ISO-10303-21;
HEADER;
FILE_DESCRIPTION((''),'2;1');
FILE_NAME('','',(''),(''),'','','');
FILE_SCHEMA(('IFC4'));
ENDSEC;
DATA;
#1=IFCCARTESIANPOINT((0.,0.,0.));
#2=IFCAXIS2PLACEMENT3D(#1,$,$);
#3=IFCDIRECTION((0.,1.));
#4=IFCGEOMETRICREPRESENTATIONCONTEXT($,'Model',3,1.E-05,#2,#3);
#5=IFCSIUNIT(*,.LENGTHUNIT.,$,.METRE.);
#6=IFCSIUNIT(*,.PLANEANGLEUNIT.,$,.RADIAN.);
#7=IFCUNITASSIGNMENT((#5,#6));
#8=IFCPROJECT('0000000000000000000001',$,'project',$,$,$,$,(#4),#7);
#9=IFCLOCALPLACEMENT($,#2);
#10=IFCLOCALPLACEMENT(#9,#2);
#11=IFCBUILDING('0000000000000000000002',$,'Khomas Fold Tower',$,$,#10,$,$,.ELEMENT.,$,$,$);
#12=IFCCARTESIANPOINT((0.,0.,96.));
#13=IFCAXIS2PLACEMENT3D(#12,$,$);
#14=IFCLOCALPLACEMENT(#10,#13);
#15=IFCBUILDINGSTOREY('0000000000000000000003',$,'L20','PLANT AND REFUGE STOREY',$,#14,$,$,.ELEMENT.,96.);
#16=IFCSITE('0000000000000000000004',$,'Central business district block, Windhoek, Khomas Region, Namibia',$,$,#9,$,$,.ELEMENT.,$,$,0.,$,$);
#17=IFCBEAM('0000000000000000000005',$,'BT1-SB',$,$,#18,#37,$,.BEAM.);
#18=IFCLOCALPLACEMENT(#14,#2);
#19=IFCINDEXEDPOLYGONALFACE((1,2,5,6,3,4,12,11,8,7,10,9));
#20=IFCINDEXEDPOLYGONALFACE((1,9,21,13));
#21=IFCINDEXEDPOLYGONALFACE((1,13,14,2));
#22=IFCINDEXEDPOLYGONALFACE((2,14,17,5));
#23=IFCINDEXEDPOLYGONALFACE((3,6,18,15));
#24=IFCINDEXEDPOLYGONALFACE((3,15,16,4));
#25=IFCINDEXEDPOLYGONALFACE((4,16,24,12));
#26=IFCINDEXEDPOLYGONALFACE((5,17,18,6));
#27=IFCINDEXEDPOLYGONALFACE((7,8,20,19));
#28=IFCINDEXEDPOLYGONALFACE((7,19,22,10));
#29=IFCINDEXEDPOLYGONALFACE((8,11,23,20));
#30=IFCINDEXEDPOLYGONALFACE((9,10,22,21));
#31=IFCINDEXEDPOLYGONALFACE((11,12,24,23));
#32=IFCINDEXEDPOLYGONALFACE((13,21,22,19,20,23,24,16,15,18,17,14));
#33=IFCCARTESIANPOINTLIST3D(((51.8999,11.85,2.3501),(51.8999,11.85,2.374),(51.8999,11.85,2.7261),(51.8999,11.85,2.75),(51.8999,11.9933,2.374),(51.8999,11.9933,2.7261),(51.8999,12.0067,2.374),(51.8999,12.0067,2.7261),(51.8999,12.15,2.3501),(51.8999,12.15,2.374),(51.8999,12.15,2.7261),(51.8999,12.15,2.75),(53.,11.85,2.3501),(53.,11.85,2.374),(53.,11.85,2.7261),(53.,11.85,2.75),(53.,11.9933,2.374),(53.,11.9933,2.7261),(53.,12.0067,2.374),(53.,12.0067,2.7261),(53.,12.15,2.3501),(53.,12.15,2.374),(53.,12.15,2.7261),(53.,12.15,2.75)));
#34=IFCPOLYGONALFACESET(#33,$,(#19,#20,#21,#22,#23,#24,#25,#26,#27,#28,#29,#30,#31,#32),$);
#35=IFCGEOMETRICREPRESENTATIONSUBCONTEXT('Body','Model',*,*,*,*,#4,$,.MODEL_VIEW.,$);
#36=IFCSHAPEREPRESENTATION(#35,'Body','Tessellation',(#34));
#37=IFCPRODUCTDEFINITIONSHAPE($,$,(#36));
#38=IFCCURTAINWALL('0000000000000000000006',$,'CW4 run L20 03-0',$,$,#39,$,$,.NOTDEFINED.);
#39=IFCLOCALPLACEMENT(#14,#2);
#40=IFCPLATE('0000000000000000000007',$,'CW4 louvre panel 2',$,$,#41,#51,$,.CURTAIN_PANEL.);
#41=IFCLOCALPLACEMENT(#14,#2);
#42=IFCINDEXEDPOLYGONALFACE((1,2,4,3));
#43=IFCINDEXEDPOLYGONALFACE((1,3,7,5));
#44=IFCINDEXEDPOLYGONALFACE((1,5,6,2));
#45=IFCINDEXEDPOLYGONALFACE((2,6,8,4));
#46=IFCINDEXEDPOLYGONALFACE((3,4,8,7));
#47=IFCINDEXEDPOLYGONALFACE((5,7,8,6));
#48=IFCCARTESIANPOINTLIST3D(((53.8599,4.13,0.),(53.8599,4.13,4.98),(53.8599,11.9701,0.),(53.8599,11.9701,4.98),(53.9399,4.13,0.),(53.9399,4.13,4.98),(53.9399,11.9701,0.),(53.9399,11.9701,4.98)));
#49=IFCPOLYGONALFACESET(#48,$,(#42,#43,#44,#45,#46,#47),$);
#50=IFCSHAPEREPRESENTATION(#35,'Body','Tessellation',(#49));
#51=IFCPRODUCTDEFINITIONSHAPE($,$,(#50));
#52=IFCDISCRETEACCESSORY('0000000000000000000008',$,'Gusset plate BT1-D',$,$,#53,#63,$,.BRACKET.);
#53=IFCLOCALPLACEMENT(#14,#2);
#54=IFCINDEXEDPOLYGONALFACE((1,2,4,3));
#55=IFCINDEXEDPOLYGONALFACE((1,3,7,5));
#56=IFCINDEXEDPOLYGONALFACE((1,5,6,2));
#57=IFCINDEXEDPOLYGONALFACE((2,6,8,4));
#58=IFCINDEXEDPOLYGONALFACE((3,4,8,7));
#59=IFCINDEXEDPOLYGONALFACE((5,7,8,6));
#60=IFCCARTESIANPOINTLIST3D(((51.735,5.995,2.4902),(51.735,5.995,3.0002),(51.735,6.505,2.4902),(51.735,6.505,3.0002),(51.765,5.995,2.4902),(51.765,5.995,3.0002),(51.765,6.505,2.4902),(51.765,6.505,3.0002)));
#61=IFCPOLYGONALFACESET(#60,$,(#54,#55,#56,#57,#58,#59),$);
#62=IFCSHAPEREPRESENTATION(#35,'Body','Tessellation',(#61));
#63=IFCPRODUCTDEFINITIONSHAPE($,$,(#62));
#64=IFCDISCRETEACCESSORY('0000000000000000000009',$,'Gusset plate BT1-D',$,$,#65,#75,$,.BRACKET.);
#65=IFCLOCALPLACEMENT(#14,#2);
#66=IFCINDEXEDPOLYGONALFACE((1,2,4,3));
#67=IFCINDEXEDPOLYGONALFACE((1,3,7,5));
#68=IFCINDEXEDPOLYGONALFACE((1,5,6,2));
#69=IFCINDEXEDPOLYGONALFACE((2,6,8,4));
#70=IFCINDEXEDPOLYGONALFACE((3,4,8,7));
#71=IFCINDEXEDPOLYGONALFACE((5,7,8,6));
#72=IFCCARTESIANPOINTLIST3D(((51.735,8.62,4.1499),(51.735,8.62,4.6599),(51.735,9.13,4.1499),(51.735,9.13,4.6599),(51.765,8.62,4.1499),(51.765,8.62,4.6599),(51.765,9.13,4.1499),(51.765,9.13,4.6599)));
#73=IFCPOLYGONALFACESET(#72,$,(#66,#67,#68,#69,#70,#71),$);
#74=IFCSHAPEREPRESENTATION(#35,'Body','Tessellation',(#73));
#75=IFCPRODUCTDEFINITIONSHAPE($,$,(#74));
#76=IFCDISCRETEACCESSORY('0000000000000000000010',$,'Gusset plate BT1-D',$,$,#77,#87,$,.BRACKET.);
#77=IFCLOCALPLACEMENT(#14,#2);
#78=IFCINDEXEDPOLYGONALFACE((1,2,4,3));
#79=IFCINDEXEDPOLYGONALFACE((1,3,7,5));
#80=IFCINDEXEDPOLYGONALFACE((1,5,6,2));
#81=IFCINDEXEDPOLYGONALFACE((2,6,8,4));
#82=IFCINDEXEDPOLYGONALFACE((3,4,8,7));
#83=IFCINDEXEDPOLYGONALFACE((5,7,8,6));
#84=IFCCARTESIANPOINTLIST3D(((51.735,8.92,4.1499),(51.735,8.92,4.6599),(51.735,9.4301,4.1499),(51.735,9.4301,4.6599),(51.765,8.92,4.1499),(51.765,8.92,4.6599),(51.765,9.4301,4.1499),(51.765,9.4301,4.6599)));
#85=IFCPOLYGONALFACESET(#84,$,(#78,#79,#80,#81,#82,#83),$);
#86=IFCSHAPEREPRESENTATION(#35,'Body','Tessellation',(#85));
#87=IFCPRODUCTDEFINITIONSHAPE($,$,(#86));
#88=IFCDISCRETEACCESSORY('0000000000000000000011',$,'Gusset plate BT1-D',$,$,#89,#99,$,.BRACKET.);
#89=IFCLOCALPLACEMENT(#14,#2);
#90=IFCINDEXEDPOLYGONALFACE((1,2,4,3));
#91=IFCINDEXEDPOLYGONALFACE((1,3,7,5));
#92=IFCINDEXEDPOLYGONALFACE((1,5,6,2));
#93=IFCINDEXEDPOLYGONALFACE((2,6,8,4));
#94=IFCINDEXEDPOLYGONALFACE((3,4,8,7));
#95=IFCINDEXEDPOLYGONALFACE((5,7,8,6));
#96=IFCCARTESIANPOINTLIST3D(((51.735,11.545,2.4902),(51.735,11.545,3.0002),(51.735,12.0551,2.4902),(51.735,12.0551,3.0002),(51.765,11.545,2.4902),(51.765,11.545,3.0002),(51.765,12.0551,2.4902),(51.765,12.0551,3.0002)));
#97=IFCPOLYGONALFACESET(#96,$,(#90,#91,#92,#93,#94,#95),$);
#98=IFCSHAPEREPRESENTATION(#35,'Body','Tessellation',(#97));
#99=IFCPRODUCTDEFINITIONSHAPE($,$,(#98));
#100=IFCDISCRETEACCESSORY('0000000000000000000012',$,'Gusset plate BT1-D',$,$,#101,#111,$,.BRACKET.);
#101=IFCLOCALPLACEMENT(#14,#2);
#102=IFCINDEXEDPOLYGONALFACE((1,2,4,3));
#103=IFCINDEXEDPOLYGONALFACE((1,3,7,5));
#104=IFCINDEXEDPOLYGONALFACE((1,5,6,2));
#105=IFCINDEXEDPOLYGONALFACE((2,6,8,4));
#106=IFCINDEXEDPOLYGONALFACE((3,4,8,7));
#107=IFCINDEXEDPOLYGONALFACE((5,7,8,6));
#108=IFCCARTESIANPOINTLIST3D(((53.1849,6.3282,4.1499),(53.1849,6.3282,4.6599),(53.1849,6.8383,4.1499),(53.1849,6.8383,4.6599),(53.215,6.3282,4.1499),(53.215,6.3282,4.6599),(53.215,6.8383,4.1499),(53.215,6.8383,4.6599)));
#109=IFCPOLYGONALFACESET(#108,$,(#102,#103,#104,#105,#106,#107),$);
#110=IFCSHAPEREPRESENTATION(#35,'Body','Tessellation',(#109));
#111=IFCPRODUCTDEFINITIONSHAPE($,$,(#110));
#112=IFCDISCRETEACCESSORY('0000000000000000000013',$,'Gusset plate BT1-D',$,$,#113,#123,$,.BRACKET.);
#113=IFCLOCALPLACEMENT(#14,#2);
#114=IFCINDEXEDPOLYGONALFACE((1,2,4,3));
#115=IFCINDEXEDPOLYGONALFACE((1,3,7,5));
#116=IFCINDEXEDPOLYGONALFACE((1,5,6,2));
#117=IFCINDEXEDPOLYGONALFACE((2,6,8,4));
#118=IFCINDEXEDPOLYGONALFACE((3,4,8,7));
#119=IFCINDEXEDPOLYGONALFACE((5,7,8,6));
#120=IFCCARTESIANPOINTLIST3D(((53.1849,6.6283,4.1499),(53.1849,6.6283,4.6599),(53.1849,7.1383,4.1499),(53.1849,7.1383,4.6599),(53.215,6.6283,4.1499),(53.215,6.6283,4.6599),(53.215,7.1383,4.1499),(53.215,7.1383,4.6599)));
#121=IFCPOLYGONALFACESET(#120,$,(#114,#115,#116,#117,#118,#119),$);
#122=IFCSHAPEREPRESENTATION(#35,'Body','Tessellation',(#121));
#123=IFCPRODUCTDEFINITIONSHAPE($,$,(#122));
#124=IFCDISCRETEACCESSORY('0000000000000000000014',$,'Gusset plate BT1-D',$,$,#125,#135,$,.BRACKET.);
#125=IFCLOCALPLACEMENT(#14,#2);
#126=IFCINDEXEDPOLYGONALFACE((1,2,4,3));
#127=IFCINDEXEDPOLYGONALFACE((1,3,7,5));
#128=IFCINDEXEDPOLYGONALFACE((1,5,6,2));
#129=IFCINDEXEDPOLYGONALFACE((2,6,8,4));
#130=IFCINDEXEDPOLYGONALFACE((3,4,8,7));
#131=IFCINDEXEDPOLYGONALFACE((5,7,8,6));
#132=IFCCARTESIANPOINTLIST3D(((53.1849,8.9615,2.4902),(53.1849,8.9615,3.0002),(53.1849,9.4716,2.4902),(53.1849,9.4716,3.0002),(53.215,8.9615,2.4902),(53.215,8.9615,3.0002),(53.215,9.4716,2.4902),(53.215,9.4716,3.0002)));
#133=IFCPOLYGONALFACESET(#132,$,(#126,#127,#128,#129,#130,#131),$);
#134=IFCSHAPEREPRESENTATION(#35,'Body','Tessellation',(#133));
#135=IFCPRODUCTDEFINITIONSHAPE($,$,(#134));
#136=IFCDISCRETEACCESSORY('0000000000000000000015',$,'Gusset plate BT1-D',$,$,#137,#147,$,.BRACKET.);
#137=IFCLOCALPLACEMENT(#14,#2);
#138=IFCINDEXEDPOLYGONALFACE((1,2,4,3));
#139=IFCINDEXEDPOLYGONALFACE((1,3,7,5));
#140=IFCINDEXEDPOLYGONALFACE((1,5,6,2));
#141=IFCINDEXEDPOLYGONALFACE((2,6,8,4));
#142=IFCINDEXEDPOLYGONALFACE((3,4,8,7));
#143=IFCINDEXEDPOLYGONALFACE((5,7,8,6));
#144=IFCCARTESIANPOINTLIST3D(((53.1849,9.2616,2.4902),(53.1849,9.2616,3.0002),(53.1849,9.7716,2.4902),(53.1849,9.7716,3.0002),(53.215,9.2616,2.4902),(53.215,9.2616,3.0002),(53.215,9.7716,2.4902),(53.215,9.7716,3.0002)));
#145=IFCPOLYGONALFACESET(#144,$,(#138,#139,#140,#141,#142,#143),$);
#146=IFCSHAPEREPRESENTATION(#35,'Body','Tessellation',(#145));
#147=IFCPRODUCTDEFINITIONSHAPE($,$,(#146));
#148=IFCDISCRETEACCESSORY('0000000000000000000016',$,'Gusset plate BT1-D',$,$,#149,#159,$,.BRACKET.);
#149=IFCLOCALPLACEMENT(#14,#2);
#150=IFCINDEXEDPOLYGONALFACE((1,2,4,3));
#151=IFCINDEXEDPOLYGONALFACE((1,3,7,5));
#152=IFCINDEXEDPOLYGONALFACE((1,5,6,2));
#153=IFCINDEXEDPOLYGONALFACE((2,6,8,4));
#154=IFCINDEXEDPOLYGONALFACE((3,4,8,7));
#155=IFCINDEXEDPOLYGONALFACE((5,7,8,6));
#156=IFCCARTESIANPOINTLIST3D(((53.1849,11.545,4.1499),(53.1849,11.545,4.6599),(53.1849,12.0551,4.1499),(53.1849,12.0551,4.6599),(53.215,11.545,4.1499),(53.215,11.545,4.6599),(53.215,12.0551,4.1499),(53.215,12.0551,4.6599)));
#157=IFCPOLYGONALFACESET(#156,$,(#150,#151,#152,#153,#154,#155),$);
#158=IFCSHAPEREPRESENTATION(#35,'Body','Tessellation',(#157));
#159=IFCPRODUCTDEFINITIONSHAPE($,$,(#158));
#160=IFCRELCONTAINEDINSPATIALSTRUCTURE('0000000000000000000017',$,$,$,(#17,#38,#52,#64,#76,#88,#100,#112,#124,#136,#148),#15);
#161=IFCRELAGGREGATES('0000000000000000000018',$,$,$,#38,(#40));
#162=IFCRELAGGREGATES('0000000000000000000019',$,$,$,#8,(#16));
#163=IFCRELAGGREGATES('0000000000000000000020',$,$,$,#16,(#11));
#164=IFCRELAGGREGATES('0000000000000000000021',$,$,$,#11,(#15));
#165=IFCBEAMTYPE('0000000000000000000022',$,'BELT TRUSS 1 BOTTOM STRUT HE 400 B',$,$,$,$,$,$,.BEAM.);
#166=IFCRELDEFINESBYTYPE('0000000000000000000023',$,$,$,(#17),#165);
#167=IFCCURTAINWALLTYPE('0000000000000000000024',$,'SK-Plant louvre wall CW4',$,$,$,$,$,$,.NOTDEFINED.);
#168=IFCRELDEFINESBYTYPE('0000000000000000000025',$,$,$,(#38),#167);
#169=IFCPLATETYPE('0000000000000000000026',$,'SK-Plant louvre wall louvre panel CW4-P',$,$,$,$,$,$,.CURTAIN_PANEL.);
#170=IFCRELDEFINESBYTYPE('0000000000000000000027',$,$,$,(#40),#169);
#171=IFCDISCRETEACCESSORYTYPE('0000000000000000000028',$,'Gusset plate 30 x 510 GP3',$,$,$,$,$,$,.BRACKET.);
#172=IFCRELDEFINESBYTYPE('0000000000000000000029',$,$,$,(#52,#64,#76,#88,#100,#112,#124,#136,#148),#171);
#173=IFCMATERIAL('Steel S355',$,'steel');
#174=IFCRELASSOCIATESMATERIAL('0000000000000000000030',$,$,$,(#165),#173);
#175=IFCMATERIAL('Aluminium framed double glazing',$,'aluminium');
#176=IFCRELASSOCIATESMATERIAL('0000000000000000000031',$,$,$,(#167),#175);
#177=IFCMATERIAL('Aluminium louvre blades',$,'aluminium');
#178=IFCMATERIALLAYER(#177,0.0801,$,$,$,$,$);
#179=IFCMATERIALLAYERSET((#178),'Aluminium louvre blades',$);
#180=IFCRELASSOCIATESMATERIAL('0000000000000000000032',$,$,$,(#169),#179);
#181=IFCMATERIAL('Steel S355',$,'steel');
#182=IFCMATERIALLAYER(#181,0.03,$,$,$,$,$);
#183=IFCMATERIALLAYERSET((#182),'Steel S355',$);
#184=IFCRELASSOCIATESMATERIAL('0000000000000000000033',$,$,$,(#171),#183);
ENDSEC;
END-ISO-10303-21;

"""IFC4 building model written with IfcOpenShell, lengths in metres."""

from ifc_helpers import new_model, si_unit, direction, frame, origin, origin_2d, place, context, subcontext, project, spatial, rectangle, i_section, extrude, source, transform, mapped, material, layer, layer_set, material_profile, profile_set, type_object, element, aggregate, save


model = new_model("IFC4")

# Units and contexts
model_context = context("Model", 3, precision=1e-05, world=origin(), true_north=direction((0.0, 1.0)))
body_context = subcontext(model_context, "Body", "Model", "MODEL_VIEW")
ifc_project = project(units=[si_unit("LENGTHUNIT", "METRE"), si_unit("PLANEANGLEUNIT", "RADIAN")], contexts=[model_context])

# Site, building, storey
site_placement = place(None, origin())
site = spatial("IfcSite", under=ifc_project, at=site_placement, Name="Central business district block, Windhoek, Khomas Region, Namibia", CompositionType="ELEMENT", RefElevation=0.0)
building_placement = place(site_placement, origin())
building = spatial("IfcBuilding", under=site, at=building_placement, Name="Khomas Fold Tower", CompositionType="ELEMENT")
storey_placement = place(building_placement, frame((0.0, 0.0, 96.0)))
storey = spatial("IfcBuildingStorey", under=building, at=storey_placement, Name="L20", Description="PLANT AND REFUGE STOREY", CompositionType="ELEMENT", Elevation=96.0)

# Beam
ifc_material_1 = material(Name="Steel S355", Category="steel")
ifc_material_profile_1 = material_profile(ifc_material_1, i_section(OverallWidth=0.3, OverallDepth=0.3999, WebThickness=0.0134, FlangeThickness=0.0239, at=origin_2d()), Name="HE 400 B")
ifc_profile_set_1 = profile_set([ifc_material_profile_1], Name="Steel S355")
beam_type_1 = type_object("IfcBeamType", Name="BELT TRUSS 1 BOTTOM STRUT HE 400 B", PredefinedType="BEAM", material=ifc_profile_set_1)
shared_shape_1 = source(origin(), body_context, "Body", "SweptSolid", [
    extrude(i_section(OverallWidth=0.3, OverallDepth=0.3999, WebThickness=0.0134, FlangeThickness=0.0239, at=origin_2d()), origin(), (0.0, 0.0, 1.0), 1.1001),
])
beam_1_placement = place(storey_placement, frame((51.8999, 12.0, 2.55), z_axis=(1.0, 0.0, 0.0), x_axis=(0.0, 1.0, 0.0)))
element("IfcBeam", 1, at=beam_1_placement, inside=storey, type_object=beam_type_1, Name="BT1-SB", PredefinedType="BEAM", context=body_context, shape_type="MappedRepresentation", body=[
    mapped(shared_shape_1, transform((0.0, 0.0, 0.0))),
])

# Curtain wall, plate
ifc_material_2 = material(Name="Aluminium framed double glazing", Category="aluminium")
curtain_wall_type = type_object("IfcCurtainWallType", Name="SK-Plant louvre wall CW4", PredefinedType="NOTDEFINED", material=ifc_material_2)
curtain_wall_placement = place(storey_placement, origin())
curtain_wall = element("IfcCurtainWall", 2, at=curtain_wall_placement, inside=storey, type_object=curtain_wall_type, Name="CW4 run L20 03-0", PredefinedType="NOTDEFINED")
ifc_material_3 = material(Name="Aluminium louvre blades", Category="aluminium")
ifc_layer_1 = layer(ifc_material_3, 0.0801)
ifc_layer_set_1 = layer_set([ifc_layer_1], Name="Aluminium louvre blades")
plate_type = type_object("IfcPlateType", Name="SK-Plant louvre wall louvre panel CW4-P", PredefinedType="CURTAIN_PANEL", material=ifc_layer_set_1)
shared_shape_2 = source(origin(), body_context, "Body", "SweptSolid", [
    extrude(rectangle(XDim=7.8401, YDim=0.0801, at=origin_2d()), origin(), (0.0, 0.0, 1.0), 4.98),
])
plate_placement = place(storey_placement, frame((53.8999, 8.05, 0.0), z_axis=(0.0, 0.0, 1.0), x_axis=(0.0, 1.0, 0.0)))
plate = element("IfcPlate", 3, at=plate_placement, type_object=plate_type, Name="CW4 louvre panel 2", PredefinedType="CURTAIN_PANEL", context=body_context, shape_type="MappedRepresentation", body=[
    mapped(shared_shape_2, transform((0.0, 0.0, 0.0))),
])
aggregate(curtain_wall, [plate])

# Discrete accessories
ifc_material_4 = material(Name="Steel S355", Category="steel")
ifc_layer_2 = layer(ifc_material_4, 0.03)
ifc_layer_set_2 = layer_set([ifc_layer_2], Name="Steel S355")
discrete_accessory_type = type_object("IfcDiscreteAccessoryType", Name="Gusset plate 30 x 510 GP3", PredefinedType="BRACKET", material=ifc_layer_set_2)
shared_shape_3 = source(origin(), body_context, "Body", "SweptSolid", [
    extrude(rectangle(XDim=0.51, YDim=0.03, at=origin_2d()), origin(), (0.0, 0.0, 1.0), 0.51),
])
for number, where, z_axis, x_axis, name in (
    (4, (51.75, 6.25, 2.4902), (0.0, 0.0, 1.0), (0.0, 1.0, 0.0), "Gusset plate BT1-D"),
    (5, (51.75, 8.875, 4.1499), (0.0, 0.0, 1.0), (0.0, 1.0, 0.0), "Gusset plate BT1-D"),
    (6, (51.75, 9.175, 4.1499), (0.0, 0.0, 1.0), (0.0, 1.0, 0.0), "Gusset plate BT1-D"),
    (7, (51.75, 11.8, 2.4902), (0.0, 0.0, 1.0), (0.0, 1.0, 0.0), "Gusset plate BT1-D"),
    (8, (53.2, 6.5833, 4.1499), (0.0, 0.0, 1.0), (0.0, 1.0, 0.0), "Gusset plate BT1-D"),
    (9, (53.2, 6.8833, 4.1499), (0.0, 0.0, 1.0), (0.0, 1.0, 0.0), "Gusset plate BT1-D"),
    (10, (53.2, 9.2166, 2.4902), (0.0, 0.0, 1.0), (0.0, 1.0, 0.0), "Gusset plate BT1-D"),
    (11, (53.2, 9.5166, 2.4902), (0.0, 0.0, 1.0), (0.0, 1.0, 0.0), "Gusset plate BT1-D"),
    (12, (53.2, 11.8, 4.1499), (0.0, 0.0, 1.0), (0.0, 1.0, 0.0), "Gusset plate BT1-D"),
):
    element("IfcDiscreteAccessory", number, at=place(storey_placement, frame(where, z_axis=z_axis, x_axis=x_axis)), inside=storey, type_object=discrete_accessory_type, Name=name, PredefinedType="BRACKET", context=body_context, shape_type="MappedRepresentation", body=[
        mapped(shared_shape_3, transform((0.0, 0.0, 0.0))),
    ])

save(model, "model.ifc")
